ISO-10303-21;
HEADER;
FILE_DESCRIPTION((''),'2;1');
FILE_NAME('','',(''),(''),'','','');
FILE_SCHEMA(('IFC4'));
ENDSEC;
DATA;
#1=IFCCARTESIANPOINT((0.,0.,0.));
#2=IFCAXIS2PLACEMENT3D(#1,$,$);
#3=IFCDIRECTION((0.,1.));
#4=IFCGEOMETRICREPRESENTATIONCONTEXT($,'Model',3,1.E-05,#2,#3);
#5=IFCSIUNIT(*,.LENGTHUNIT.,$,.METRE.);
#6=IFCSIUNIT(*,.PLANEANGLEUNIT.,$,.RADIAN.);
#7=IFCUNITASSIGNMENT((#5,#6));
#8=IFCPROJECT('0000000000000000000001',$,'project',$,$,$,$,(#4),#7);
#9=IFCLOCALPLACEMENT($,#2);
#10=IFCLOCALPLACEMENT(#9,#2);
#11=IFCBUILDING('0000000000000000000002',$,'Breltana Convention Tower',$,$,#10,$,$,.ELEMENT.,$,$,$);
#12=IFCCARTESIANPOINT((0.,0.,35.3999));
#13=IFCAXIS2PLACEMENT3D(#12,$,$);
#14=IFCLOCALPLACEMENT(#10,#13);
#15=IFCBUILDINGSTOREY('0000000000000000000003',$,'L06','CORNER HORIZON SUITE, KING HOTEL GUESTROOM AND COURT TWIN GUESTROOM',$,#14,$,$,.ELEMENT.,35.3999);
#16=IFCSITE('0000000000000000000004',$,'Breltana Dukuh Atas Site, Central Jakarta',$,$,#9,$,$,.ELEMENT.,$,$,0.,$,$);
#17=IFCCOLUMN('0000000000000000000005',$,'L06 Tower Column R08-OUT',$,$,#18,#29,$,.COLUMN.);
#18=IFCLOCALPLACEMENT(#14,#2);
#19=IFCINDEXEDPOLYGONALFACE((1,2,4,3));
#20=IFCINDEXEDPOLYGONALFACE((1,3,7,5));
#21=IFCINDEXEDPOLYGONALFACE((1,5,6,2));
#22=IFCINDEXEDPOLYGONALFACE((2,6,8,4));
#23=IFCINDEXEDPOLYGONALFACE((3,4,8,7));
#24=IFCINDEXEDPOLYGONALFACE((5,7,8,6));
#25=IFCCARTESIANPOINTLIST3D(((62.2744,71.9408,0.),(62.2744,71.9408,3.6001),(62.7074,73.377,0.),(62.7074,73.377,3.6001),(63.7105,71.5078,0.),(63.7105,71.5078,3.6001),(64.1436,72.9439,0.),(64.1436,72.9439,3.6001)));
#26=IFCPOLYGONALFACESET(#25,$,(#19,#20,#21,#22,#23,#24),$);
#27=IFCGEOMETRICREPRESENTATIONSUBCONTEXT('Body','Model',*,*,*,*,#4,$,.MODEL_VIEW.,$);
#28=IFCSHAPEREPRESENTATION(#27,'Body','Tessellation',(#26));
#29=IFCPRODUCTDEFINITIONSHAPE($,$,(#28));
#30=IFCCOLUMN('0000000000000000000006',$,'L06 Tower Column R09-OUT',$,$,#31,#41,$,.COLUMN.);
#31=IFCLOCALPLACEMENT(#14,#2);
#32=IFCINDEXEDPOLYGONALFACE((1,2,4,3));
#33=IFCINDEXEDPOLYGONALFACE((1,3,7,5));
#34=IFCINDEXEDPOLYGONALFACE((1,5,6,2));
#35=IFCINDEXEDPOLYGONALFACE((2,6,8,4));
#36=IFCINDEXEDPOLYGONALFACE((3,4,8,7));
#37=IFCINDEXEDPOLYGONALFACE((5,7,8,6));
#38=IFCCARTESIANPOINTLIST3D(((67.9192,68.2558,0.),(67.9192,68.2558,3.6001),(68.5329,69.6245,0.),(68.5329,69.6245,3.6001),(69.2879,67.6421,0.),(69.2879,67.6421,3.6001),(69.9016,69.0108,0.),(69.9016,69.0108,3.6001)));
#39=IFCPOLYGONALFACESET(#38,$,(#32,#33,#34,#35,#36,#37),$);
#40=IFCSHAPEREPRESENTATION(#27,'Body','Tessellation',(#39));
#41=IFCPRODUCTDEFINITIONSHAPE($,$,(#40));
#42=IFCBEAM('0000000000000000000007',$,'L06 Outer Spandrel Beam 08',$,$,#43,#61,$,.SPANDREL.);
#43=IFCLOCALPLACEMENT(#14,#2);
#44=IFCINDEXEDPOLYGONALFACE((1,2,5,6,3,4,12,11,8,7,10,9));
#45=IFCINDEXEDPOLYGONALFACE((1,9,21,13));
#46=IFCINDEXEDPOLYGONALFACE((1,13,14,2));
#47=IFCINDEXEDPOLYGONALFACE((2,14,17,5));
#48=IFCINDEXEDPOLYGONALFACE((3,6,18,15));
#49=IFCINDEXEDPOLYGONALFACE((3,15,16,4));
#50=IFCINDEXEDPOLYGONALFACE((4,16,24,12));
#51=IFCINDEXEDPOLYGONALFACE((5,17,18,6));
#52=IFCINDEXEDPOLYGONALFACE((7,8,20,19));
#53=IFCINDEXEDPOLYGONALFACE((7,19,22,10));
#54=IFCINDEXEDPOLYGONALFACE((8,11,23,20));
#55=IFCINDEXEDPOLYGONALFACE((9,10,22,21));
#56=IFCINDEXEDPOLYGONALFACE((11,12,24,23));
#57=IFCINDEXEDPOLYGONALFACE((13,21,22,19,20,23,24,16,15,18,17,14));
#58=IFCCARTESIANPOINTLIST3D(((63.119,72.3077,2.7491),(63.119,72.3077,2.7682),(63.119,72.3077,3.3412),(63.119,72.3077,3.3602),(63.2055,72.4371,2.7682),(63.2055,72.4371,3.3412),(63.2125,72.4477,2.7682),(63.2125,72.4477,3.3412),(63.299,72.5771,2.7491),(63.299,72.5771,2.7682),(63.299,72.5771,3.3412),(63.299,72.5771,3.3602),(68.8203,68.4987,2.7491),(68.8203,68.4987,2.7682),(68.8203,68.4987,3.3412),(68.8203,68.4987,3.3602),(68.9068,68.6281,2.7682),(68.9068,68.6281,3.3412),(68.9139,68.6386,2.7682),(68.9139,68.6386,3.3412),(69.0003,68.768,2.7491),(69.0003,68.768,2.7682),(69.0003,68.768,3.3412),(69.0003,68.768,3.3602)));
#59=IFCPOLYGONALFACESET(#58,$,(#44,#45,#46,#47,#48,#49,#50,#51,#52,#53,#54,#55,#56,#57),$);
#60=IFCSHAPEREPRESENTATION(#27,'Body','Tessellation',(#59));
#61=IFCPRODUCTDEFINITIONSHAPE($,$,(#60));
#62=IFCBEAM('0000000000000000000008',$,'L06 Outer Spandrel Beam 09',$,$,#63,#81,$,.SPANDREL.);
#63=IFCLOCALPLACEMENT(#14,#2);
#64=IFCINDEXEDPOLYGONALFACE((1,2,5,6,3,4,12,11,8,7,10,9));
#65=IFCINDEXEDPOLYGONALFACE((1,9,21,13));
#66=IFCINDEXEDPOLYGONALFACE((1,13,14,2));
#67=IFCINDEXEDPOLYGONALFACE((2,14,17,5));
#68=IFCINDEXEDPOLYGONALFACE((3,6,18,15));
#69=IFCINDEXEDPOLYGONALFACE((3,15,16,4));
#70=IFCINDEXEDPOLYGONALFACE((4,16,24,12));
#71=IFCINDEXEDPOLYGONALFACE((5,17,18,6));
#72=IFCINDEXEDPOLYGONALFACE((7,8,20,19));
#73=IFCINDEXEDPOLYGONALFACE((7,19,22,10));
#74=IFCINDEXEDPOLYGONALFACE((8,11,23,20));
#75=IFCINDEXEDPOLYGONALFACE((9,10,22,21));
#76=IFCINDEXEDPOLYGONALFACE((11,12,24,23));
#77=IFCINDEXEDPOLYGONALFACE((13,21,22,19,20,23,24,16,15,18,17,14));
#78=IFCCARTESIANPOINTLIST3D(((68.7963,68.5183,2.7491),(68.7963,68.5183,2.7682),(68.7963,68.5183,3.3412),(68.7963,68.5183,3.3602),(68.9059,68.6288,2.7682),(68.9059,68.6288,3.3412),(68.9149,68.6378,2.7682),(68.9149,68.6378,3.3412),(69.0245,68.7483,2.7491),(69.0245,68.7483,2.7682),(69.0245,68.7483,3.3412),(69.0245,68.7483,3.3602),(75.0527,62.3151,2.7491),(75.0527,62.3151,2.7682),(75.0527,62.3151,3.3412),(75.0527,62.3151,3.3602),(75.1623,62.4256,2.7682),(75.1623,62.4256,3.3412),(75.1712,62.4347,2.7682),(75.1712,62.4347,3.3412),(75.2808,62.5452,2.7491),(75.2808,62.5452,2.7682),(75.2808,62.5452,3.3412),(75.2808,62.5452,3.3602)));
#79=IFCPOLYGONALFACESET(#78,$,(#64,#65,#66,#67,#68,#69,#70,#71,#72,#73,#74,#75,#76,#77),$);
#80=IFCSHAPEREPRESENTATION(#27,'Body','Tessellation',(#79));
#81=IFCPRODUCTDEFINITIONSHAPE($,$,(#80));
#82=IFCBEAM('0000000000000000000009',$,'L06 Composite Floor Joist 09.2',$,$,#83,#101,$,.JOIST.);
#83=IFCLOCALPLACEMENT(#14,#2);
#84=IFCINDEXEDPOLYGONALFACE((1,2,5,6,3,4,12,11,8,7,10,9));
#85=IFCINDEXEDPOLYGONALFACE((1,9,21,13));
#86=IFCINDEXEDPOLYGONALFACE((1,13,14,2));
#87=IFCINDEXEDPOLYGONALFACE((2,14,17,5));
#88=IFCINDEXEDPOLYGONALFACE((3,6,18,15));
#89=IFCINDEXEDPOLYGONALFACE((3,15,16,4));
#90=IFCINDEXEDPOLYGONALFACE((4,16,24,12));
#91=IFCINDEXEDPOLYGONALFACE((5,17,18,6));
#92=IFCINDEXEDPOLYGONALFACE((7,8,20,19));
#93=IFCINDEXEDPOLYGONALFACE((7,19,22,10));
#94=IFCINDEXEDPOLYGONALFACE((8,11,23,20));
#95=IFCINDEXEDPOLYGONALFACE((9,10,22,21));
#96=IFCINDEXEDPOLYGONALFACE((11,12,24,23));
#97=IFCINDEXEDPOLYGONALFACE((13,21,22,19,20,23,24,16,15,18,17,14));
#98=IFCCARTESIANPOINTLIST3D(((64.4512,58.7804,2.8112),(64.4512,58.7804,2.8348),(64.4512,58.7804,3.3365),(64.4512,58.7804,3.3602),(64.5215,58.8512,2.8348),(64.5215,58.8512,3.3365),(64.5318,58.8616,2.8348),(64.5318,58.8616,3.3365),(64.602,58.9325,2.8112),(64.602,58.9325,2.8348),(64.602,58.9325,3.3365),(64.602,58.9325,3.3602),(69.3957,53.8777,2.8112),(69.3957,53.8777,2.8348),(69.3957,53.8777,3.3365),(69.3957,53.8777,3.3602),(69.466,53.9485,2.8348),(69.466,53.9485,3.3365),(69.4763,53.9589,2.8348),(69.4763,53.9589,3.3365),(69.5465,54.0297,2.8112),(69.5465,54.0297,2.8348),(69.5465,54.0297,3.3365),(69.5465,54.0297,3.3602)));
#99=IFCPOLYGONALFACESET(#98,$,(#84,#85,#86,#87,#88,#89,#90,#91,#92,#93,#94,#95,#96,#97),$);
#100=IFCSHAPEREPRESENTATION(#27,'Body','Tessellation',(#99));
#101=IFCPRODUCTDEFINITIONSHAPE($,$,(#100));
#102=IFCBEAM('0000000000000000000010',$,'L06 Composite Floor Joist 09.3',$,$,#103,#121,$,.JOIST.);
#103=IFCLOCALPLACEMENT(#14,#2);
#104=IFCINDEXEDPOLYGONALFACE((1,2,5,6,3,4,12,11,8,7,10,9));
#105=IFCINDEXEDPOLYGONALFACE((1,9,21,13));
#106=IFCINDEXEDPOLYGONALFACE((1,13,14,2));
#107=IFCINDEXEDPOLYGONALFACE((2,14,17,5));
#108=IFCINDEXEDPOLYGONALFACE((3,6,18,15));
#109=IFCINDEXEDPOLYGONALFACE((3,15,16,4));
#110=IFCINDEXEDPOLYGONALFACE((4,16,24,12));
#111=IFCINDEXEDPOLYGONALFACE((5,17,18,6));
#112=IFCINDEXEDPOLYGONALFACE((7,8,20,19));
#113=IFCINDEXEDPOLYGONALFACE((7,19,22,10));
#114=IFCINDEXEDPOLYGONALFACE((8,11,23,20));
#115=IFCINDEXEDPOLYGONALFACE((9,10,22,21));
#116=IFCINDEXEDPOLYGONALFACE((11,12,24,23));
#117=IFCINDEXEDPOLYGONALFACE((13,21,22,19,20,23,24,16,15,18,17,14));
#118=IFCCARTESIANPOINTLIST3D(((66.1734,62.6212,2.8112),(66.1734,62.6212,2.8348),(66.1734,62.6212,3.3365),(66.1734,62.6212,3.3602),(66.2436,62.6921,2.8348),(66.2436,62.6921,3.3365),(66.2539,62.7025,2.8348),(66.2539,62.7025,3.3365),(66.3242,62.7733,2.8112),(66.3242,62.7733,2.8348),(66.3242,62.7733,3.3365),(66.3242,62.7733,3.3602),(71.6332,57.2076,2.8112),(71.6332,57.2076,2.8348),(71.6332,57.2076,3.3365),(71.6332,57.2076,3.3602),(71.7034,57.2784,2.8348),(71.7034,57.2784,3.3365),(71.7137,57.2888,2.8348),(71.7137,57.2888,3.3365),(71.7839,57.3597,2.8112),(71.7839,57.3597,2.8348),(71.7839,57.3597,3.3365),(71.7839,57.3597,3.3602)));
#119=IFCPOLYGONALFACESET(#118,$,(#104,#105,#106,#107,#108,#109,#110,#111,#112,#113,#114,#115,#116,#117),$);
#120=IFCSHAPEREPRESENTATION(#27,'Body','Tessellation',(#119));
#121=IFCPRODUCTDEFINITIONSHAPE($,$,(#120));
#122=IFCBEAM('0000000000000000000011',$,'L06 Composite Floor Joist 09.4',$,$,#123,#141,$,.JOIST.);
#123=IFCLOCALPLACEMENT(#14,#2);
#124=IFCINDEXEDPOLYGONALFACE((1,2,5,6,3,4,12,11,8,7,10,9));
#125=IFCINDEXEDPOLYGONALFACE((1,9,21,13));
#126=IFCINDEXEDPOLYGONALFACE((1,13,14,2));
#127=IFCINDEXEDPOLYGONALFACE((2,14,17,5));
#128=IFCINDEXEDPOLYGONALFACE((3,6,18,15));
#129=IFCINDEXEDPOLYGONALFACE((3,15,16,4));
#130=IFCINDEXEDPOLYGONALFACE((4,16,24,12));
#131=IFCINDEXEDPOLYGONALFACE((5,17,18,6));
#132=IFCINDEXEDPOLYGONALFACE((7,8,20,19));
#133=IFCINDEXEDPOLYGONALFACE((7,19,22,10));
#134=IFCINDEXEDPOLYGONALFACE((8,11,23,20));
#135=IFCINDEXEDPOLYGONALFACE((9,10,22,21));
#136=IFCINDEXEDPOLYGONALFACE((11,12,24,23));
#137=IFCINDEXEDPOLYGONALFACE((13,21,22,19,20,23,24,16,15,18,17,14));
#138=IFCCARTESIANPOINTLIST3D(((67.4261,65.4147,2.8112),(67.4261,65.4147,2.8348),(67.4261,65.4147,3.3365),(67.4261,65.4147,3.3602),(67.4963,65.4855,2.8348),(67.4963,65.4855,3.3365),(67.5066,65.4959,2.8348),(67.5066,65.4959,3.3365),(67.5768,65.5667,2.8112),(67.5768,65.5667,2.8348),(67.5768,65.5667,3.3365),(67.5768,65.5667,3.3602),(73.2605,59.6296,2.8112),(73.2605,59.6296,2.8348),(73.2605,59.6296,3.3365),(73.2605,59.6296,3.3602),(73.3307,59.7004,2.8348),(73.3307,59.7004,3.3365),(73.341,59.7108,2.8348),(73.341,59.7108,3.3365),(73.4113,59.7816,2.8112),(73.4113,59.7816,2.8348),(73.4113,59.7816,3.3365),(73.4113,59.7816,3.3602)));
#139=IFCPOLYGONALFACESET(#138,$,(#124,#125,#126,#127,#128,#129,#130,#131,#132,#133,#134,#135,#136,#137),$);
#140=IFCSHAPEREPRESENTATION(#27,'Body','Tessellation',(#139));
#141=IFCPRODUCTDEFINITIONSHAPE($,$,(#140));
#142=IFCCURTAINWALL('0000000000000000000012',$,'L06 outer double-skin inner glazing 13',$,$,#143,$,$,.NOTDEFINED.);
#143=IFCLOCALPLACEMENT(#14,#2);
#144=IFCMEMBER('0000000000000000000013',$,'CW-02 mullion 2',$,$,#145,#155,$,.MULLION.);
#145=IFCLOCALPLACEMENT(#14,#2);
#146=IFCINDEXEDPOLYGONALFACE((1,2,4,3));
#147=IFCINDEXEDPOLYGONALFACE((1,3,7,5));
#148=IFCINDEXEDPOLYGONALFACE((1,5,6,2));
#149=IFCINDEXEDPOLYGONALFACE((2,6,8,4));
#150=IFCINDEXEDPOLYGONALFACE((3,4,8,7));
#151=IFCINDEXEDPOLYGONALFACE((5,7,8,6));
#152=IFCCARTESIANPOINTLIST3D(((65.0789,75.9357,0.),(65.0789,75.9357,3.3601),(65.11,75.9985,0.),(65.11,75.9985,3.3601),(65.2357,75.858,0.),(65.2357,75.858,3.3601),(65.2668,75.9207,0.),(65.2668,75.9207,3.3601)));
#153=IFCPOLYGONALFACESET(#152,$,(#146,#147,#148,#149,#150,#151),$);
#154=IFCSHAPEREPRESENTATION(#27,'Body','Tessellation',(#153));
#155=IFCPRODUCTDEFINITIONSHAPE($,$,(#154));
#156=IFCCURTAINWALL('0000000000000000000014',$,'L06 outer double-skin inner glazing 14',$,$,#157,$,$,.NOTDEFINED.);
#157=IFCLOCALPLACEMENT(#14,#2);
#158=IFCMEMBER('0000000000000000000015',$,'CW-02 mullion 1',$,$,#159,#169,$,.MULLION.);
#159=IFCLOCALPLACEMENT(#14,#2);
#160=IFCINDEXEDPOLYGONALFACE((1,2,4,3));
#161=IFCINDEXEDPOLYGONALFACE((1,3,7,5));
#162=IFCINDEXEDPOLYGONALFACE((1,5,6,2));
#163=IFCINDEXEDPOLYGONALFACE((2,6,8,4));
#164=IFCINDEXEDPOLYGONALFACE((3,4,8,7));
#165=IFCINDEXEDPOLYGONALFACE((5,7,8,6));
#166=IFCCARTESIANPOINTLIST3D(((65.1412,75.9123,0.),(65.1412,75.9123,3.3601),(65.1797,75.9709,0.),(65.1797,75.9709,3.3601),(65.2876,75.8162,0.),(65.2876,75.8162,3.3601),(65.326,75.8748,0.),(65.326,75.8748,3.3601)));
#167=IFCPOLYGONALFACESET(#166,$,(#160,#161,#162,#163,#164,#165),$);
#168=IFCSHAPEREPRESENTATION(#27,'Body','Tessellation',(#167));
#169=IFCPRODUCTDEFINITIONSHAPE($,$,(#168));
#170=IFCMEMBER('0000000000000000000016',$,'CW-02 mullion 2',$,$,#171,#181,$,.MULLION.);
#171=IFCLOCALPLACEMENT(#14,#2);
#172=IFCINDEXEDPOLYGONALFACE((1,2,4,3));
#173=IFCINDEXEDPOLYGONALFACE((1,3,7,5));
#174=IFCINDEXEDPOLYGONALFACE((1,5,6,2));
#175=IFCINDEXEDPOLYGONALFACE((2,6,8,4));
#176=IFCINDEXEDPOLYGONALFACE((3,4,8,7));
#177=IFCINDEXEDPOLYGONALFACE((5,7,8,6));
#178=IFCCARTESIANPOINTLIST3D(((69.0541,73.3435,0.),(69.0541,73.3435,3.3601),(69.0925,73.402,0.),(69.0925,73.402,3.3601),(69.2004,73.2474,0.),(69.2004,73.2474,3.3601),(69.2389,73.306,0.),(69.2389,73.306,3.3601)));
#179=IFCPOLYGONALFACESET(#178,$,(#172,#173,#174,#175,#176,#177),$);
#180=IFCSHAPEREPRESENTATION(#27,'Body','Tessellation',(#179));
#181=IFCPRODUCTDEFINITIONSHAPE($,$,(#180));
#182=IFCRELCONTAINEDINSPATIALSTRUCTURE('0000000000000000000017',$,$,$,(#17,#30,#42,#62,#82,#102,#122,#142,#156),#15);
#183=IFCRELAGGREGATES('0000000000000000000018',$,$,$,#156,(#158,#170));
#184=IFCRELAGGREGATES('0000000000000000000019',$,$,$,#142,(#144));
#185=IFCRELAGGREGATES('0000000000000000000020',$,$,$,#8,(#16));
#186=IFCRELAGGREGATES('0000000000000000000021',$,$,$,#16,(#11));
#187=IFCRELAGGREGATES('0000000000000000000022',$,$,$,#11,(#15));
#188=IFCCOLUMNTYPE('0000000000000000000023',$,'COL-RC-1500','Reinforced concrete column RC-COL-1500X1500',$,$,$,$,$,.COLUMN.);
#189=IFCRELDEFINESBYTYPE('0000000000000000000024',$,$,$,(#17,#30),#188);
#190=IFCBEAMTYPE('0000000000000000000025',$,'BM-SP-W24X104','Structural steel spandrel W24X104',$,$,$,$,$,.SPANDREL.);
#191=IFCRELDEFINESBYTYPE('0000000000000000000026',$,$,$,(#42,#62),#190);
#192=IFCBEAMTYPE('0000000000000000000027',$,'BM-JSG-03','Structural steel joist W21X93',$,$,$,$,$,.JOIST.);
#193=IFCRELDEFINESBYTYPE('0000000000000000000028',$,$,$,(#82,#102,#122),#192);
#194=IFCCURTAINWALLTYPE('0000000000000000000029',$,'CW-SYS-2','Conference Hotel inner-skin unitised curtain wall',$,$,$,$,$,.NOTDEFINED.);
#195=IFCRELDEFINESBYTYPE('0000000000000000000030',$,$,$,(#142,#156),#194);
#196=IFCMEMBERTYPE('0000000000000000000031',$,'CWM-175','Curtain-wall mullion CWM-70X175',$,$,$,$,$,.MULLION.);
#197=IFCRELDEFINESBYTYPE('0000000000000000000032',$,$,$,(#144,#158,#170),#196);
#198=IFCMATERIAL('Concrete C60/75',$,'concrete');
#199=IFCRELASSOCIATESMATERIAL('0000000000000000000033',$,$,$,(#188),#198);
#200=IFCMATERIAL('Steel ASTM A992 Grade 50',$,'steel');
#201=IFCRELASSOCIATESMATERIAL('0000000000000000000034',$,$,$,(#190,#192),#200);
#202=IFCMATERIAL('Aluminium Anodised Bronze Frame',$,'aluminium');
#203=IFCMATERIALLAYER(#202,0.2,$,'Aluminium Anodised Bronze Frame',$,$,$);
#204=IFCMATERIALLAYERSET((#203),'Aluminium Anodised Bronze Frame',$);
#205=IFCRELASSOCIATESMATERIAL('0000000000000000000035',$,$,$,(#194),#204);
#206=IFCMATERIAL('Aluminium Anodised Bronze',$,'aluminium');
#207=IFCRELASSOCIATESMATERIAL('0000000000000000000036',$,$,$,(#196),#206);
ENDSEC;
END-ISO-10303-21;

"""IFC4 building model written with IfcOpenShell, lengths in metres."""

from ifc_helpers import new_model, si_unit, direction, frame, origin, origin_2d, place, context, subcontext, project, spatial, rectangle, i_section, extrude, source, transform, mapped, material, layer, layer_set, material_profile, profile_set, type_object, type_shapes, element, aggregate, save


model = new_model("IFC4")

# Units and contexts
model_context = context("Model", 3, precision=1e-05, world=origin(), true_north=direction((0.0, 1.0)))
body_context = subcontext(model_context, "Body", "Model", "MODEL_VIEW")
ifc_project = project(units=[si_unit("LENGTHUNIT", "METRE"), si_unit("PLANEANGLEUNIT", "RADIAN")], contexts=[model_context])

# Site, building, storey
site_placement = place(None, origin())
site = spatial("IfcSite", under=ifc_project, at=site_placement, Name="Breltana Dukuh Atas Site, Central Jakarta", CompositionType="ELEMENT", RefElevation=0.0)
building_placement = place(site_placement, origin())
building = spatial("IfcBuilding", under=site, at=building_placement, Name="Breltana Convention Tower", CompositionType="ELEMENT")
storey_placement = place(building_placement, frame((0.0, 0.0, 35.3999)))
storey = spatial("IfcBuildingStorey", under=building, at=storey_placement, Name="L06", Description="CORNER HORIZON SUITE, KING HOTEL GUESTROOM AND COURT TWIN GUESTROOM", CompositionType="ELEMENT", Elevation=35.3999)

# Columns
ifc_material_1 = material(Name="Concrete C60/75", Category="concrete")
ifc_material_profile_1 = material_profile(ifc_material_1, rectangle(XDim=1.5, YDim=1.5, at=origin_2d()), Name="RC-COL-1500X1500")
ifc_profile_set_1 = profile_set([ifc_material_profile_1], Name="Concrete C60/75")
column_type = type_object("IfcColumnType", Name="COL-RC-1500", Description="Reinforced concrete column RC-COL-1500X1500", PredefinedType="COLUMN", material=ifc_profile_set_1)
shared_shape_1 = source(origin(), body_context, "Body", "SweptSolid", [
    extrude(rectangle(XDim=1.5, YDim=1.5, at=origin_2d()), origin(), (0.0, 0.0, 1.0), 3.6001),
])
for number, where, z_axis, x_axis, name in (
    (1, (63.209, 72.4424, 0.0), (0.0, 0.0, 1.0), (0.288698, 0.95742, 0.0), "L06 Tower Column R08-OUT"),
    (2, (68.9104, 68.6333, 0.0), (0.0, 0.0, 1.0), (0.409127, 0.912477, 0.0), "L06 Tower Column R09-OUT"),
):
    element("IfcColumn", number, at=place(storey_placement, frame(where, z_axis=z_axis, x_axis=x_axis)), inside=storey, type_object=column_type, Name=name, PredefinedType="COLUMN", context=body_context, shape_type="MappedRepresentation", body=[
        mapped(shared_shape_1, transform((0.0, 0.0, 0.0), scale=1.0)),
    ])

# Beams
ifc_material_2 = material(Name="Steel ASTM A992 Grade 50", Category="steel")
ifc_material_profile_2 = material_profile(ifc_material_2, i_section(OverallWidth=0.324, OverallDepth=0.6111, WebThickness=0.0127, FlangeThickness=0.019, at=origin_2d()), Name="W24X104")
ifc_profile_set_2 = profile_set([ifc_material_profile_2], Name="Steel ASTM A992 Grade 50")
beam_type_1 = type_object("IfcBeamType", Name="BM-SP-W24X104", Description="Structural steel spandrel W24X104", PredefinedType="SPANDREL", material=ifc_profile_set_2)
shared_shape_2 = source(origin(), body_context, "Body", "SweptSolid", [
    extrude(i_section(OverallWidth=0.324, OverallDepth=0.6111, WebThickness=0.0127, FlangeThickness=0.019, at=origin_2d()), origin(), (0.0, 0.0, 1.0), 6.8567),
])
beam_1_placement = place(storey_placement, frame((63.209, 72.4424, 3.0547), z_axis=(0.831502, -0.555522, 0.0), x_axis=(0.555522, 0.831502, 0.0)))
element("IfcBeam", 3, at=beam_1_placement, inside=storey, type_object=beam_type_1, Name="L06 Outer Spandrel Beam 08", PredefinedType="SPANDREL", context=body_context, shape_type="MappedRepresentation", body=[
    mapped(shared_shape_2, transform((0.0, 0.0, 0.0), scale=1.0)),
])
shared_shape_3 = source(origin(), body_context, "Body", "SweptSolid", [
    extrude(i_section(OverallWidth=0.324, OverallDepth=0.6111, WebThickness=0.0127, FlangeThickness=0.019, at=origin_2d()), origin(), (0.0, 0.0, 1.0), 8.8103),
])
beam_2_placement = place(storey_placement, frame((68.9104, 68.6333, 3.0547), z_axis=(0.710121, -0.70408, 0.0), x_axis=(0.70408, 0.710121, 0.0)))
element("IfcBeam", 4, at=beam_2_placement, inside=storey, type_object=beam_type_1, Name="L06 Outer Spandrel Beam 09", PredefinedType="SPANDREL", context=body_context, shape_type="MappedRepresentation", body=[
    mapped(shared_shape_3, transform((0.0, 0.0, 0.0), scale=1.0)),
])
ifc_material_profile_3 = material_profile(ifc_material_2, i_section(OverallWidth=0.2141, OverallDepth=0.5491, WebThickness=0.0146, FlangeThickness=0.0237, at=origin_2d()), Name="W21X93")
ifc_profile_set_3 = profile_set([ifc_material_profile_3], Name="Steel ASTM A992 Grade 50")
beam_type_2 = type_object("IfcBeamType", Name="BM-JSG-03", Description="Structural steel joist W21X93", PredefinedType="JOIST", material=ifc_profile_set_3)
shared_shape_4 = source(origin(), body_context, "Body", "SweptSolid", [
    extrude(i_section(OverallWidth=0.2141, OverallDepth=0.5491, WebThickness=0.0146, FlangeThickness=0.0237, at=origin_2d()), origin(), (0.0, 0.0, 1.0), 6.9631),
])
beam_3_placement = place(storey_placement, frame((64.5266, 58.8564, 3.0857), z_axis=(0.710098, -0.704103, 0.0), x_axis=(0.704103, 0.710098, 0.0)))
element("IfcBeam", 5, at=beam_3_placement, inside=storey, type_object=beam_type_2, Name="L06 Composite Floor Joist 09.2", PredefinedType="JOIST", context=body_context, shape_type="MappedRepresentation", body=[
    mapped(shared_shape_4, transform((0.0, 0.0, 0.0), scale=1.0)),
])
shared_shape_5 = source(origin(), body_context, "Body", "SweptSolid", [
    extrude(i_section(OverallWidth=0.2141, OverallDepth=0.5491, WebThickness=0.0146, FlangeThickness=0.0237, at=origin_2d()), origin(), (0.0, 0.0, 1.0), 7.6887),
])
beam_4_placement = place(storey_placement, frame((66.2488, 62.6973, 3.0857), z_axis=(0.710101, -0.7041, 0.0), x_axis=(0.7041, 0.710101, 0.0)))
element("IfcBeam", 6, at=beam_4_placement, inside=storey, type_object=beam_type_2, Name="L06 Composite Floor Joist 09.3", PredefinedType="JOIST", context=body_context, shape_type="MappedRepresentation", body=[
    mapped(shared_shape_5, transform((0.0, 0.0, 0.0), scale=1.0)),
])
shared_shape_6 = source(origin(), body_context, "Body", "SweptSolid", [
    extrude(i_section(OverallWidth=0.2141, OverallDepth=0.5491, WebThickness=0.0146, FlangeThickness=0.0237, at=origin_2d()), origin(), (0.0, 0.0, 1.0), 8.2163),
])
beam_5_placement = place(storey_placement, frame((67.5015, 65.4907, 3.0857), z_axis=(0.710102, -0.704099, 0.0), x_axis=(0.704099, 0.710102, 0.0)))
element("IfcBeam", 7, at=beam_5_placement, inside=storey, type_object=beam_type_2, Name="L06 Composite Floor Joist 09.4", PredefinedType="JOIST", context=body_context, shape_type="MappedRepresentation", body=[
    mapped(shared_shape_6, transform((0.0, 0.0, 0.0), scale=1.0)),
])

# Curtain wall, member
ifc_material_3 = material(Name="Aluminium Anodised Bronze Frame", Category="aluminium")
ifc_layer_1 = layer(ifc_material_3, 0.2, Name="Aluminium Anodised Bronze Frame")
ifc_layer_set_1 = layer_set([ifc_layer_1], Name="Aluminium Anodised Bronze Frame")
curtain_wall_type = type_object("IfcCurtainWallType", Name="CW-SYS-2", Description="Conference Hotel inner-skin unitised curtain wall", PredefinedType="NOTDEFINED", material=ifc_layer_set_1)
curtain_wall_1_placement = place(storey_placement, origin())
curtain_wall_1 = element("IfcCurtainWall", 8, at=curtain_wall_1_placement, inside=storey, type_object=curtain_wall_type, Name="L06 outer double-skin inner glazing 13", PredefinedType="NOTDEFINED")
ifc_material_4 = material(Name="Aluminium Anodised Bronze", Category="aluminium")
ifc_material_profile_4 = material_profile(ifc_material_4, rectangle(XDim=0.0701, YDim=0.175, at=origin_2d()), Name="CWM-70X175")
ifc_profile_set_4 = profile_set([ifc_material_profile_4], Name="Aluminium Anodised Bronze")
member_type_1 = type_object("IfcMemberType", Name="CWM-175", Description="Curtain-wall mullion CWM-70X175", PredefinedType="MULLION", material=ifc_profile_set_4)
shared_shape_7 = source(origin(), body_context, "Body", "SweptSolid", [
    extrude(rectangle(XDim=0.0701, YDim=0.175, at=origin_2d()), origin(), (0.0, 0.0, 1.0), 3.3601),
])
type_shapes(member_type_1, [shared_shape_7])
member_1_placement = place(storey_placement, frame((65.1729, 75.9282, 0.0), z_axis=(0.0, 0.0, 1.0), x_axis=(0.444108, 0.895973, 0.0)))
member_1 = element("IfcMember", 9, at=member_1_placement, type_object=member_type_1, Name="CW-02 mullion 2", PredefinedType="MULLION", context=body_context, shape_type="MappedRepresentation", body=[
    mapped(shared_shape_7, transform((0.0, 0.0, 0.0), scale=1.0)),
])

# Curtain wall, members
curtain_wall_2_placement = place(storey_placement, origin())
curtain_wall_2 = element("IfcCurtainWall", 10, at=curtain_wall_2_placement, inside=storey, type_object=curtain_wall_type, Name="L06 outer double-skin inner glazing 14", PredefinedType="NOTDEFINED")
member_2_placement = place(storey_placement, frame((65.2336, 75.8936, 0.0), z_axis=(0.0, 0.0, 1.0), x_axis=(0.548784, 0.835964, 0.0)))
member_2 = element("IfcMember", 11, at=member_2_placement, type_object=member_type_1, Name="CW-02 mullion 1", PredefinedType="MULLION", context=body_context, shape_type="MappedRepresentation", body=[
    mapped(shared_shape_7, transform((0.0, 0.0, 0.0), scale=1.0)),
])
member_3_placement = place(storey_placement, frame((69.1465, 73.3247, 0.0), z_axis=(0.0, 0.0, 1.0), x_axis=(0.548784, 0.835964, 0.0)))
member_3 = element("IfcMember", 12, at=member_3_placement, type_object=member_type_1, Name="CW-02 mullion 2", PredefinedType="MULLION", context=body_context, shape_type="MappedRepresentation", body=[
    mapped(shared_shape_7, transform((0.0, 0.0, 0.0), scale=1.0)),
])
aggregate(curtain_wall_2, [member_2, member_3])

aggregate(curtain_wall_1, [member_1])

save(model, "model.ifc")
